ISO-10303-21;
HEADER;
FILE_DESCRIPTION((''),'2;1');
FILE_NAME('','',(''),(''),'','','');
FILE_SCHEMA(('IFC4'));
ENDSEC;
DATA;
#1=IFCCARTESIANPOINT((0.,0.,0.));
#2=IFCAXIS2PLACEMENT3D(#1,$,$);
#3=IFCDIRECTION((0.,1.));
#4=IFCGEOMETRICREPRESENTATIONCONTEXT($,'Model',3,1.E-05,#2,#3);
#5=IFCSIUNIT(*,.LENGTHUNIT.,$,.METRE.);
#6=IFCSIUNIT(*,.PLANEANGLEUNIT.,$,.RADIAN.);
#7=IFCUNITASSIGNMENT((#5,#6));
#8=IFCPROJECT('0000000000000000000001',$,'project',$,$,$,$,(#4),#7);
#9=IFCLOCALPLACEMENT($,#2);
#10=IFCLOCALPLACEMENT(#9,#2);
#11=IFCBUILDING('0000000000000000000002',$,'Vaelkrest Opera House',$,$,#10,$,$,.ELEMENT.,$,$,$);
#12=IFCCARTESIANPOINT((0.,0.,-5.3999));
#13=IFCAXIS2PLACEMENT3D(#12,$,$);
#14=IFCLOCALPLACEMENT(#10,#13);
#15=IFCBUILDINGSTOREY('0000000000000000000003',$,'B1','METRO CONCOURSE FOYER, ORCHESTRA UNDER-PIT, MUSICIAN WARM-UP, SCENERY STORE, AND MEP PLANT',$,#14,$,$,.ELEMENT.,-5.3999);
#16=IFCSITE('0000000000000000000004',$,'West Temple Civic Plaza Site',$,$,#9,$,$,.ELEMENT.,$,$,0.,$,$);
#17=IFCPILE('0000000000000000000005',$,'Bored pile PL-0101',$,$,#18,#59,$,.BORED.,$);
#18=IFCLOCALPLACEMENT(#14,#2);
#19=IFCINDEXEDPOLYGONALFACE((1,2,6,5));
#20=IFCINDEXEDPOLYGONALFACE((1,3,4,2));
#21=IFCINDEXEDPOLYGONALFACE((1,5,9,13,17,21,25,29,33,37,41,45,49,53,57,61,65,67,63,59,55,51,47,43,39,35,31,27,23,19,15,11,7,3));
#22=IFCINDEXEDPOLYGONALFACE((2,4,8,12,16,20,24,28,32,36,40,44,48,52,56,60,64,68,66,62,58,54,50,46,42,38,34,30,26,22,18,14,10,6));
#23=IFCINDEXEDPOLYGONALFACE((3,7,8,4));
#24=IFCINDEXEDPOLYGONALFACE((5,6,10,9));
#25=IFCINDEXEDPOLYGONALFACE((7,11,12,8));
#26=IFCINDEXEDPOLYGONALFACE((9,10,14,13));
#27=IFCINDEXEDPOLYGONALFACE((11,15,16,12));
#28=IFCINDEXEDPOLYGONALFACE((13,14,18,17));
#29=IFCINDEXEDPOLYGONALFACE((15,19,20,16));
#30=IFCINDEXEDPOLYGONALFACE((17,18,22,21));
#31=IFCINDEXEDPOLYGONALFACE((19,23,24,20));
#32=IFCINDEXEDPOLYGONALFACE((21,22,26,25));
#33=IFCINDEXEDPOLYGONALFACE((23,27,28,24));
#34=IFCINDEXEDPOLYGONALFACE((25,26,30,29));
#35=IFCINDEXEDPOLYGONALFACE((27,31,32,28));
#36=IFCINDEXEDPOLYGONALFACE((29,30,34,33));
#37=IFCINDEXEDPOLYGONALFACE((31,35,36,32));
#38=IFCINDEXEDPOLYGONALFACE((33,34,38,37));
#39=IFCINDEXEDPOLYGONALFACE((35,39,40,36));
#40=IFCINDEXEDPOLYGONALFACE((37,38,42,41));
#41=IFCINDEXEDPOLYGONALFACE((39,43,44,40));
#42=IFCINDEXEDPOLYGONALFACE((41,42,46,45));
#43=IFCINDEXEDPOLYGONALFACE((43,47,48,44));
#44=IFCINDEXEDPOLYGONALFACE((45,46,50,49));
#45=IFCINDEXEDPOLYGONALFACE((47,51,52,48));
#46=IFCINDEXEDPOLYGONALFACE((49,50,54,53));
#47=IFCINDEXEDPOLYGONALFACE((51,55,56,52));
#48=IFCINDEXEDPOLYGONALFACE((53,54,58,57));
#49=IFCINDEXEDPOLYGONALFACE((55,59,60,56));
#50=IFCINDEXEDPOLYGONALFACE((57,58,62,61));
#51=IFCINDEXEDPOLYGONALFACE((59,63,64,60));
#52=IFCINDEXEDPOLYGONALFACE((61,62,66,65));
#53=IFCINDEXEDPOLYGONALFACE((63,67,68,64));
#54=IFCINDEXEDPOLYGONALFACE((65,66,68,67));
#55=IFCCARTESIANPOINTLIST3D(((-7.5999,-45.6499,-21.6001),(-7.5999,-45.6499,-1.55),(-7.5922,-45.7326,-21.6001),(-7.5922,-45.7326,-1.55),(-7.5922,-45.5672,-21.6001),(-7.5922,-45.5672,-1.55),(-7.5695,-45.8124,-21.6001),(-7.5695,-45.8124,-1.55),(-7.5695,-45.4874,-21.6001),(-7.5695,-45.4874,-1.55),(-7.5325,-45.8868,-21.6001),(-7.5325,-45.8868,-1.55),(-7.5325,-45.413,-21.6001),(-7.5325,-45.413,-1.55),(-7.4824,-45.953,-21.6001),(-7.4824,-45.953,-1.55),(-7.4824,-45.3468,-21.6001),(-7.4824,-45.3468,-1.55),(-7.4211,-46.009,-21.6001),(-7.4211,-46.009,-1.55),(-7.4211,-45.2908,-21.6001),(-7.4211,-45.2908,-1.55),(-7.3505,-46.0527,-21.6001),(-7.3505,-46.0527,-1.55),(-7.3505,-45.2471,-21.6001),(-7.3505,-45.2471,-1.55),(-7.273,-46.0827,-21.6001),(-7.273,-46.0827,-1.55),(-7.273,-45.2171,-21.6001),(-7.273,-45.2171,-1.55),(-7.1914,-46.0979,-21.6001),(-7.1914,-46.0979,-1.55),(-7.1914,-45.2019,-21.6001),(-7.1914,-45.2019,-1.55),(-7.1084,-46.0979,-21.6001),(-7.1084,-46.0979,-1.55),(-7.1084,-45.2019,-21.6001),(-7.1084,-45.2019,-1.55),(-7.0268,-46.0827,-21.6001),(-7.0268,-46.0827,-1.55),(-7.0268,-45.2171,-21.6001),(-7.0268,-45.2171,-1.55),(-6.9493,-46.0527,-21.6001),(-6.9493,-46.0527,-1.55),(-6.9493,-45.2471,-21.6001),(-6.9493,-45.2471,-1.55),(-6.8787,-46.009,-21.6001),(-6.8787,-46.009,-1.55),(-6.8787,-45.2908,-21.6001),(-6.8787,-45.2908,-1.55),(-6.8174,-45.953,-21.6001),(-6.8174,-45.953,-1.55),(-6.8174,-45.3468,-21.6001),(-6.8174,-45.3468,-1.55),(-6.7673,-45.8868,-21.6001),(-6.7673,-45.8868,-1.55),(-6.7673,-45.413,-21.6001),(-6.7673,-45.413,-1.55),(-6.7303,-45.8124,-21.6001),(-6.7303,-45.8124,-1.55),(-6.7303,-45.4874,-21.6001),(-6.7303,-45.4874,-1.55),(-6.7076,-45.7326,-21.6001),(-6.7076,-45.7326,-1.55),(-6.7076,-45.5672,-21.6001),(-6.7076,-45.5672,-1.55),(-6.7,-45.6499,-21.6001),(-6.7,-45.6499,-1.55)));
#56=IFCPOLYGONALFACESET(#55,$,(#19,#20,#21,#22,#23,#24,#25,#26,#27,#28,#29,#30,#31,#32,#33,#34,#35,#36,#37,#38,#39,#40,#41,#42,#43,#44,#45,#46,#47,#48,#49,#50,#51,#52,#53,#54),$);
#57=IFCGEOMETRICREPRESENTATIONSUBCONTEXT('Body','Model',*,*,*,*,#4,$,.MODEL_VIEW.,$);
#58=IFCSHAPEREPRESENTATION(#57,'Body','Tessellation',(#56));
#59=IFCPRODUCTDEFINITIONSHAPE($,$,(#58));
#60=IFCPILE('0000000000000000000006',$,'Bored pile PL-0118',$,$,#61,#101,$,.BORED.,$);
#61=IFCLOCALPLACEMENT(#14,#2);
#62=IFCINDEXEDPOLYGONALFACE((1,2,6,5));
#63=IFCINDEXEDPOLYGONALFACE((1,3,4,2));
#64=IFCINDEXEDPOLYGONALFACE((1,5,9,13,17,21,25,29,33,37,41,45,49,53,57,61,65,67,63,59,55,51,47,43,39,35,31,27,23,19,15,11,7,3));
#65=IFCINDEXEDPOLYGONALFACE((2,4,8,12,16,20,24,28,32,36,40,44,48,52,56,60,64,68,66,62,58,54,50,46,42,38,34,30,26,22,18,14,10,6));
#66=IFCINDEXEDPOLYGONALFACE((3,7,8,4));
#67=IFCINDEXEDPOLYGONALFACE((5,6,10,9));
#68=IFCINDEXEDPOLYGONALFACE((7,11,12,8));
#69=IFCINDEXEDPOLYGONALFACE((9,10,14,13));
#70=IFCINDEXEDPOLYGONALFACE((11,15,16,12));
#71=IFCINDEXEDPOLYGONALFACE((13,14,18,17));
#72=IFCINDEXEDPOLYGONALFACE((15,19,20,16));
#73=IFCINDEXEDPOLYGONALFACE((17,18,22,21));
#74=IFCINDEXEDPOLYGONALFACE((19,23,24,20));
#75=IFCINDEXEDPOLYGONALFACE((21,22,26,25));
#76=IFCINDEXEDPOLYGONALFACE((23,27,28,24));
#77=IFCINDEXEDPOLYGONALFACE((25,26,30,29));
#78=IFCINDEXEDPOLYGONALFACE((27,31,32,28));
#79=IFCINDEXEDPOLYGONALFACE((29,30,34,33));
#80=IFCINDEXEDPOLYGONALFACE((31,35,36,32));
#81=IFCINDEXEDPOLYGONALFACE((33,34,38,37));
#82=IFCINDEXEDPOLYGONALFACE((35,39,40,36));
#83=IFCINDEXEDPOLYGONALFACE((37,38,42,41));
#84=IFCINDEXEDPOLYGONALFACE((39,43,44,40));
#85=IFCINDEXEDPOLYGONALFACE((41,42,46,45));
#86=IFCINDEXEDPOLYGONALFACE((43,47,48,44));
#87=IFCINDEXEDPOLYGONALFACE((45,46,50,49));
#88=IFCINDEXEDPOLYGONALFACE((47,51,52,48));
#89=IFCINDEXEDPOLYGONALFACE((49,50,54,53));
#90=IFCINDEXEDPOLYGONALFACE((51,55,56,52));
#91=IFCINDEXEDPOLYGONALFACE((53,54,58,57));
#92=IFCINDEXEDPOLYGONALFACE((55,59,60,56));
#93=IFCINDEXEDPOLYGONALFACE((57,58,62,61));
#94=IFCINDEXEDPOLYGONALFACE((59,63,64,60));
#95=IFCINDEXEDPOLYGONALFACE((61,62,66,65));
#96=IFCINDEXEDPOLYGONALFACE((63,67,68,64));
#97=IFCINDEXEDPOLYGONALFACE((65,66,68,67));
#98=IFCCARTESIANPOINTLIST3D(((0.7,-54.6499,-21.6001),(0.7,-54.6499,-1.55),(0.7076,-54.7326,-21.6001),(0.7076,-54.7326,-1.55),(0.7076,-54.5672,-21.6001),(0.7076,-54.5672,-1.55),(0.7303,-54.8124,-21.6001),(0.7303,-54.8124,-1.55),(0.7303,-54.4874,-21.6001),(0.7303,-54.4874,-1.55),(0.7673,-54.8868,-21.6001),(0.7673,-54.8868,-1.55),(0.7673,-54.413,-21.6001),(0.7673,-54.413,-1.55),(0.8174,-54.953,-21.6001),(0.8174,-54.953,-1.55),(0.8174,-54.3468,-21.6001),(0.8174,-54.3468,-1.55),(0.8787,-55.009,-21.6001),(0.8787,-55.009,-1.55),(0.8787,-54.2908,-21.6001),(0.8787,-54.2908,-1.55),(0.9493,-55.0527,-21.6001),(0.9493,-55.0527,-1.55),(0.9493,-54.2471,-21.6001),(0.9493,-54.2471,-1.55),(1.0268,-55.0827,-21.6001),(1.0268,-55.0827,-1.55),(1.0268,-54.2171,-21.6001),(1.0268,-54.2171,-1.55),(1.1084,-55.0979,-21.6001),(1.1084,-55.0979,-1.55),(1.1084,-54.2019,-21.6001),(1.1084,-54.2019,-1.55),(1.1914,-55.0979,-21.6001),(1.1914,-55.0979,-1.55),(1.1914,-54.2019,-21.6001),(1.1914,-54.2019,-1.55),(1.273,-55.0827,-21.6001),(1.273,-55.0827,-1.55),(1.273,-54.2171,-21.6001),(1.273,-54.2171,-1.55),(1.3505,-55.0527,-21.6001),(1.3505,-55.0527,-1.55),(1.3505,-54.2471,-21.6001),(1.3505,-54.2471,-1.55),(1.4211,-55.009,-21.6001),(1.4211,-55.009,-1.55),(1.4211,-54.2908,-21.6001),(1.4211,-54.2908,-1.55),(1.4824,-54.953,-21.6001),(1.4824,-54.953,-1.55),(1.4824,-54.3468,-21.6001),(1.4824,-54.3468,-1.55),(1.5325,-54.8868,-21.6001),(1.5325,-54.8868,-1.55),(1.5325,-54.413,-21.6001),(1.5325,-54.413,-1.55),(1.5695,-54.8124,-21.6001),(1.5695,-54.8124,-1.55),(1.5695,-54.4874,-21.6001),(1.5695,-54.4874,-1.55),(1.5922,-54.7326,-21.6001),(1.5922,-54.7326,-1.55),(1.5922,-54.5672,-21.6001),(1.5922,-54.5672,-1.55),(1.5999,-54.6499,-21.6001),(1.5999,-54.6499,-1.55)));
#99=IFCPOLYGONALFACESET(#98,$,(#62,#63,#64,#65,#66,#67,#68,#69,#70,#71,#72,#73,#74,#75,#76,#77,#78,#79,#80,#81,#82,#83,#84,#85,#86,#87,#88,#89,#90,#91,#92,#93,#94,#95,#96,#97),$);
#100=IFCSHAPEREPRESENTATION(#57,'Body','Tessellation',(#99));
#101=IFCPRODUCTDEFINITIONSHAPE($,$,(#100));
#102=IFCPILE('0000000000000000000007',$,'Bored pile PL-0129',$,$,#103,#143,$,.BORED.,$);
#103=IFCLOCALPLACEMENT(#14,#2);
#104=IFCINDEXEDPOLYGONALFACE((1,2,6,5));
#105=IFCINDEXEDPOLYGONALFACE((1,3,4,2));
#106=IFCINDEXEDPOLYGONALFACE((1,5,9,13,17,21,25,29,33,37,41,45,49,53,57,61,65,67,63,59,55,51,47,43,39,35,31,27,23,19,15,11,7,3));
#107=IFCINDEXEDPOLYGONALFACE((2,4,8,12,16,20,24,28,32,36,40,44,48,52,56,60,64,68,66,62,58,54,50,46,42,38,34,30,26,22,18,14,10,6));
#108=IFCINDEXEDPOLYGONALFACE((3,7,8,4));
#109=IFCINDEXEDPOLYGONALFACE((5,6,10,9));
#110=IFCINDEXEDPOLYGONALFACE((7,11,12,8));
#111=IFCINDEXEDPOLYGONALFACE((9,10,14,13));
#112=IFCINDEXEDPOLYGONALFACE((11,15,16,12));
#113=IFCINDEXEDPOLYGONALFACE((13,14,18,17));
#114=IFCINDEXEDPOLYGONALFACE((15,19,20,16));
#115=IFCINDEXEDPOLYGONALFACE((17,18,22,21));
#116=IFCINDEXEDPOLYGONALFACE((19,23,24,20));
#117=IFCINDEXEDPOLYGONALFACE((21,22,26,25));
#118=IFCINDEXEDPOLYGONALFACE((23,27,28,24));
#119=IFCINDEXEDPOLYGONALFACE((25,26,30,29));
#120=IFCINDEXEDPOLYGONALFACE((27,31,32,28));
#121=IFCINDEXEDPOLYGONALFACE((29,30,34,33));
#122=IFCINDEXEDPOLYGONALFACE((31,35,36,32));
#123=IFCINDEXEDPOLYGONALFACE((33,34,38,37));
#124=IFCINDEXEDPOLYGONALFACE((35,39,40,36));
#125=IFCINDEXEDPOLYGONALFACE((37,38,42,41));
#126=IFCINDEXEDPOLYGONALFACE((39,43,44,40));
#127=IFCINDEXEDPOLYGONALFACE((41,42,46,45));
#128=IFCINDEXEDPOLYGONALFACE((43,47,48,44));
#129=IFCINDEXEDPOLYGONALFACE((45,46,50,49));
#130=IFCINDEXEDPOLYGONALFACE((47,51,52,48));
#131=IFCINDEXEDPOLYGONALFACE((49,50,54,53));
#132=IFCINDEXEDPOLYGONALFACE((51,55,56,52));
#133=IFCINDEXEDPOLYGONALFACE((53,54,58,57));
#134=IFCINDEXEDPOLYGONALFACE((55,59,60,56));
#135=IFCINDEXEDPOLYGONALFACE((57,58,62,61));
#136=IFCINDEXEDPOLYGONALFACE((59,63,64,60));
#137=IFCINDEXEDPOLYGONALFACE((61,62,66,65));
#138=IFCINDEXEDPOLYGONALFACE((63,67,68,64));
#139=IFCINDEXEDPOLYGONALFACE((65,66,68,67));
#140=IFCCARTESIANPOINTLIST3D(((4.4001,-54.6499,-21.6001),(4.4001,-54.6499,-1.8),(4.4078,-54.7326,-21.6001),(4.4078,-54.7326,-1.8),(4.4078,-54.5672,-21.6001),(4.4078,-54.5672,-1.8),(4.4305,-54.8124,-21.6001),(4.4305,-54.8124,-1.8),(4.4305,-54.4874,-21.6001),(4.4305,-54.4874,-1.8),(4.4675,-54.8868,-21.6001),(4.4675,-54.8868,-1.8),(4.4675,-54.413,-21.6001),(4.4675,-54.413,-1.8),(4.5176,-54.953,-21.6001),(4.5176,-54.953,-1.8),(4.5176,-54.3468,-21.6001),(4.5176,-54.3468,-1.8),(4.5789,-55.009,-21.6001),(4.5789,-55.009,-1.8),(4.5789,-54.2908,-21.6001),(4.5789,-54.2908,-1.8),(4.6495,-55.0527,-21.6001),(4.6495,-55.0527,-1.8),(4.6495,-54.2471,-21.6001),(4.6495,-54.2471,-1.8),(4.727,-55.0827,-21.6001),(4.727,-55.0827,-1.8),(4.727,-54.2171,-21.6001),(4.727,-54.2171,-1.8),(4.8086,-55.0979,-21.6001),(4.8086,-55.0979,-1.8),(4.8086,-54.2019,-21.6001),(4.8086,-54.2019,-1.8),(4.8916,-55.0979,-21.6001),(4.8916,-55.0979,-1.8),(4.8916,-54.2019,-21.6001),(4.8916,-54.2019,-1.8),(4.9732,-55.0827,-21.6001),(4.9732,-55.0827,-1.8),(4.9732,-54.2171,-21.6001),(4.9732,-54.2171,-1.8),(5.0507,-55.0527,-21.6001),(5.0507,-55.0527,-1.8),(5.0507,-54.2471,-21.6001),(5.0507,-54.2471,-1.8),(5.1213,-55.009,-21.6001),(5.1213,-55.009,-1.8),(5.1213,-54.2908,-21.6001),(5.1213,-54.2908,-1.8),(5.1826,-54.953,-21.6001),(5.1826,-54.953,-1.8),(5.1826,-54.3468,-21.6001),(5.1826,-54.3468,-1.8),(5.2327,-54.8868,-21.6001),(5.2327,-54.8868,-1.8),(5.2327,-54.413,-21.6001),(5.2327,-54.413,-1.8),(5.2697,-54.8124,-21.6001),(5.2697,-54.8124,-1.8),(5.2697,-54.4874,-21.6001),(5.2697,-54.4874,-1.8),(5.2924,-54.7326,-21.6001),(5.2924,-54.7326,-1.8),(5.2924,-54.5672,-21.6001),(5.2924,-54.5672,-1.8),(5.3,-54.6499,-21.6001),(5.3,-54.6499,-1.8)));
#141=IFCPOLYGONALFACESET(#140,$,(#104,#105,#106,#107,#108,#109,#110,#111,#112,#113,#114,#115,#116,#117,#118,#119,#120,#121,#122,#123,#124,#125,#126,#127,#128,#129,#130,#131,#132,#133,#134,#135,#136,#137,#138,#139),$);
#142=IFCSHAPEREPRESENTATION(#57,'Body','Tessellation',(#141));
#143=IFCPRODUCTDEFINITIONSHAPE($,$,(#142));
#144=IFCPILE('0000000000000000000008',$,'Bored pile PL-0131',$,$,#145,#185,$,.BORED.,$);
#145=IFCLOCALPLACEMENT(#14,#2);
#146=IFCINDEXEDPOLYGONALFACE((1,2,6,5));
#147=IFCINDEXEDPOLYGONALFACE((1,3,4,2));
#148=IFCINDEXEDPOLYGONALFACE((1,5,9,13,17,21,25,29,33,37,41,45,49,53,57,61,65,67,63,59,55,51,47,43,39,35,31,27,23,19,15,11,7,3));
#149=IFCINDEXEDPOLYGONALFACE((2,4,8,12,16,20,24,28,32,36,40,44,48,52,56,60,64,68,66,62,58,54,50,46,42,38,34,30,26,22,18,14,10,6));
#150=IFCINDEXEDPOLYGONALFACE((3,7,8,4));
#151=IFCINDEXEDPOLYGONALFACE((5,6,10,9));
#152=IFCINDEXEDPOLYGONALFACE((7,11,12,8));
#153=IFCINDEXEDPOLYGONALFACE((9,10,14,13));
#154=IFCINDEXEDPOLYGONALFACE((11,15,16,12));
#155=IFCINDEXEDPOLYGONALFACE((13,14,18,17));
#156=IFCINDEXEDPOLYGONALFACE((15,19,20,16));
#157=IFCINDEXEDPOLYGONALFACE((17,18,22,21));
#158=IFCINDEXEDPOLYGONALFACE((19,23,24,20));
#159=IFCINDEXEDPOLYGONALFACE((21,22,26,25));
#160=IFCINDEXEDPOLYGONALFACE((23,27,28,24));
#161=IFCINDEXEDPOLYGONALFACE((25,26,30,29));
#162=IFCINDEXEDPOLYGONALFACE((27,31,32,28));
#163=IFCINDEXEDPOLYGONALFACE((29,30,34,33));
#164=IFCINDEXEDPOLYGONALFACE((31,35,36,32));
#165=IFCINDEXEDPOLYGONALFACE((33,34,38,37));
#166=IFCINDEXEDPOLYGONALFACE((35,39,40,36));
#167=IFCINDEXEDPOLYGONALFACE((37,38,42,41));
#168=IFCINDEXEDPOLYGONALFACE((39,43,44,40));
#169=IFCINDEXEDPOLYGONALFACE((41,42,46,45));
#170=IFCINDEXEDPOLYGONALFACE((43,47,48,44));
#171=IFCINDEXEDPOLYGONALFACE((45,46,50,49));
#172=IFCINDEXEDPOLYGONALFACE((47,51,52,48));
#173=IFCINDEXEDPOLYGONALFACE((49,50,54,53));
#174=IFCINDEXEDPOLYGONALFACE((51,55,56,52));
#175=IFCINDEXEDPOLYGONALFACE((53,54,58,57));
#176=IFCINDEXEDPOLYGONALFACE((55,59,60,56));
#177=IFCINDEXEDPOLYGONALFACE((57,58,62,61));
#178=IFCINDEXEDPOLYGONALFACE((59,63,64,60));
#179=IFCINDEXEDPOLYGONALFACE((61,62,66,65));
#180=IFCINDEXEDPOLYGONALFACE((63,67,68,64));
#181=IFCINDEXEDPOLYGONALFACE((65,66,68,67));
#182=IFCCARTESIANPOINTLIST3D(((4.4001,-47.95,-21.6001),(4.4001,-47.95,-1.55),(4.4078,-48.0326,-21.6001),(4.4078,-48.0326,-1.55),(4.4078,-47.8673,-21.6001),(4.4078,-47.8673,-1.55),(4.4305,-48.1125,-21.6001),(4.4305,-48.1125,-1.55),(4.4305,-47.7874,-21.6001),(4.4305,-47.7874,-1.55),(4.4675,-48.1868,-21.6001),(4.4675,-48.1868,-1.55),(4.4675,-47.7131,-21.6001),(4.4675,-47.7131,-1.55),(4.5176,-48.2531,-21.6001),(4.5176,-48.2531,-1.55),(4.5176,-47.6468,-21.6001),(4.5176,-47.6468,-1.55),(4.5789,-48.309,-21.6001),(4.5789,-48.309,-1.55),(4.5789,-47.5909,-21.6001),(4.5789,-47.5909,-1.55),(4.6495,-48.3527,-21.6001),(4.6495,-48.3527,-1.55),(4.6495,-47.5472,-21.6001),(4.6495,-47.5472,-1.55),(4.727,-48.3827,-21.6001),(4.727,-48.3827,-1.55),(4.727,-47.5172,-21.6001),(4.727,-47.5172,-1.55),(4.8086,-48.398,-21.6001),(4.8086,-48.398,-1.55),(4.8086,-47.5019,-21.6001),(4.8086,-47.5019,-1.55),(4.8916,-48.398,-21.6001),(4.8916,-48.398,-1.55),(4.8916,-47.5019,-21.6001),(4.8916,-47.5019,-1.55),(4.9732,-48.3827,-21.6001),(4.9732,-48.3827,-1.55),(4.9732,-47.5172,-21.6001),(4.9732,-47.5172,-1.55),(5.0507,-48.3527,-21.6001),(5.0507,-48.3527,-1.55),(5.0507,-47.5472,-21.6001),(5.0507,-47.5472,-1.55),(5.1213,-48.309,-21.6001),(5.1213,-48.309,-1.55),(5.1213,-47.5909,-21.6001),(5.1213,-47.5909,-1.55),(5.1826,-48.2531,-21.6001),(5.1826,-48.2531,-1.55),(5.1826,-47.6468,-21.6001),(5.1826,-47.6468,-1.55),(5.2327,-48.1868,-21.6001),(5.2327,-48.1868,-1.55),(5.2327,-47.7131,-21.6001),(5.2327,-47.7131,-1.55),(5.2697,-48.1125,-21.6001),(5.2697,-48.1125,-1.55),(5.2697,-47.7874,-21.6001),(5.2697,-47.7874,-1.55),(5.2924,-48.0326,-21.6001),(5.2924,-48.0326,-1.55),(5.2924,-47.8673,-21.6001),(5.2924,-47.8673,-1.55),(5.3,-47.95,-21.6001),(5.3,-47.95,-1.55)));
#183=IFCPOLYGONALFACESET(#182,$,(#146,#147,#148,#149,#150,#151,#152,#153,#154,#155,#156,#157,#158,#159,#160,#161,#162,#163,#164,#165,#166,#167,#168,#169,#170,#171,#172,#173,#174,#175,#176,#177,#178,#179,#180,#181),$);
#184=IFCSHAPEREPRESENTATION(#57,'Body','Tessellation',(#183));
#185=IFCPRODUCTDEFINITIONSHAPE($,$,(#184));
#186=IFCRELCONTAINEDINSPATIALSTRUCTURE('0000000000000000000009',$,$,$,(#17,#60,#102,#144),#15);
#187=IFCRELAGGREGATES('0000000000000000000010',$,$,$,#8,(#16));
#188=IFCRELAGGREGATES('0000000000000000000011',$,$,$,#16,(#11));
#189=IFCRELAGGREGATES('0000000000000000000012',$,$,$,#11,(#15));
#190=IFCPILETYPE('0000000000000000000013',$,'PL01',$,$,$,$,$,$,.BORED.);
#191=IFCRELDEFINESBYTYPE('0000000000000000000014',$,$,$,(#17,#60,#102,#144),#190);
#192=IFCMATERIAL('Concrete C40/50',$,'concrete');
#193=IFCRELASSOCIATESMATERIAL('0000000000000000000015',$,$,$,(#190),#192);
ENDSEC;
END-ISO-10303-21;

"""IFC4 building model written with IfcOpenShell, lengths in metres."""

from ifc_helpers import new_model, si_unit, direction, frame, origin, origin_2d, place, context, subcontext, project, spatial, circle, extrude, material, material_profile, profile_set, type_object, element, save


model = new_model("IFC4")

# Units and contexts
model_context = context("Model", 3, precision=1e-05, world=origin(), true_north=direction((0.0, 1.0)))
body_context = subcontext(model_context, "Body", "Model", "MODEL_VIEW")
ifc_project = project(units=[si_unit("LENGTHUNIT", "METRE"), si_unit("PLANEANGLEUNIT", "RADIAN")], contexts=[model_context])

# Site, building, storey
site_placement = place(None, origin())
site = spatial("IfcSite", under=ifc_project, at=site_placement, Name="West Temple Civic Plaza Site", CompositionType="ELEMENT", RefElevation=0.0)
building_placement = place(site_placement, origin())
building = spatial("IfcBuilding", under=site, at=building_placement, Name="Vaelkrest Opera House", CompositionType="ELEMENT")
storey_placement = place(building_placement, frame((0.0, 0.0, -5.3999)))
storey = spatial("IfcBuildingStorey", under=building, at=storey_placement, Name="B1", Description="METRO CONCOURSE FOYER, ORCHESTRA UNDER-PIT, MUSICIAN WARM-UP, SCENERY STORE, AND MEP PLANT", CompositionType="ELEMENT", Elevation=-5.3999)

# Shared definitions
ifc_material_1 = material(Name="Concrete C40/50", Category="concrete")

# Piles
ifc_material_profile_1 = material_profile(ifc_material_1, circle(Radius=0.45, at=origin_2d()), Name="PILE900")
ifc_profile_set_1 = profile_set([ifc_material_profile_1], Name="Concrete C40/50")
pile_type = type_object("IfcPileType", Name="PL01", PredefinedType="BORED", material=ifc_profile_set_1)
for number, where, z_axis, x_axis, name in (
    (1, (-7.1499, -45.6499, -1.55), (0.0, 0.0, -1.0), (1.0, 0.0, 0.0), "Bored pile PL-0101"),
    (2, (1.1499, -54.6499, -1.55), (0.0, 0.0, -1.0), (1.0, 0.0, 0.0), "Bored pile PL-0118"),
):
    element("IfcPile", number, at=place(storey_placement, frame(where, z_axis=z_axis, x_axis=x_axis)), inside=storey, type_object=pile_type, Name=name, PredefinedType="BORED", context=body_context, shape_type="SweptSolid", body=[
        extrude(circle(Radius=0.45, at=origin_2d()), origin(), (0.0, 0.0, 1.0), 20.05),
    ])
pile_1_placement = place(storey_placement, frame((4.8501, -54.6499, -1.8), z_axis=(0.0, 0.0, -1.0), x_axis=(1.0, 0.0, 0.0)))
element("IfcPile", 3, at=pile_1_placement, inside=storey, type_object=pile_type, Name="Bored pile PL-0129", PredefinedType="BORED", context=body_context, shape_type="SweptSolid", body=[
    extrude(circle(Radius=0.45, at=origin_2d()), origin(), (0.0, 0.0, 1.0), 19.8),
])
pile_2_placement = place(storey_placement, frame((4.8501, -47.95, -1.55), z_axis=(0.0, 0.0, -1.0), x_axis=(1.0, 0.0, 0.0)))
element("IfcPile", 4, at=pile_2_placement, inside=storey, type_object=pile_type, Name="Bored pile PL-0131", PredefinedType="BORED", context=body_context, shape_type="SweptSolid", body=[
    extrude(circle(Radius=0.45, at=origin_2d()), origin(), (0.0, 0.0, 1.0), 20.05),
])

save(model, "model.ifc")
